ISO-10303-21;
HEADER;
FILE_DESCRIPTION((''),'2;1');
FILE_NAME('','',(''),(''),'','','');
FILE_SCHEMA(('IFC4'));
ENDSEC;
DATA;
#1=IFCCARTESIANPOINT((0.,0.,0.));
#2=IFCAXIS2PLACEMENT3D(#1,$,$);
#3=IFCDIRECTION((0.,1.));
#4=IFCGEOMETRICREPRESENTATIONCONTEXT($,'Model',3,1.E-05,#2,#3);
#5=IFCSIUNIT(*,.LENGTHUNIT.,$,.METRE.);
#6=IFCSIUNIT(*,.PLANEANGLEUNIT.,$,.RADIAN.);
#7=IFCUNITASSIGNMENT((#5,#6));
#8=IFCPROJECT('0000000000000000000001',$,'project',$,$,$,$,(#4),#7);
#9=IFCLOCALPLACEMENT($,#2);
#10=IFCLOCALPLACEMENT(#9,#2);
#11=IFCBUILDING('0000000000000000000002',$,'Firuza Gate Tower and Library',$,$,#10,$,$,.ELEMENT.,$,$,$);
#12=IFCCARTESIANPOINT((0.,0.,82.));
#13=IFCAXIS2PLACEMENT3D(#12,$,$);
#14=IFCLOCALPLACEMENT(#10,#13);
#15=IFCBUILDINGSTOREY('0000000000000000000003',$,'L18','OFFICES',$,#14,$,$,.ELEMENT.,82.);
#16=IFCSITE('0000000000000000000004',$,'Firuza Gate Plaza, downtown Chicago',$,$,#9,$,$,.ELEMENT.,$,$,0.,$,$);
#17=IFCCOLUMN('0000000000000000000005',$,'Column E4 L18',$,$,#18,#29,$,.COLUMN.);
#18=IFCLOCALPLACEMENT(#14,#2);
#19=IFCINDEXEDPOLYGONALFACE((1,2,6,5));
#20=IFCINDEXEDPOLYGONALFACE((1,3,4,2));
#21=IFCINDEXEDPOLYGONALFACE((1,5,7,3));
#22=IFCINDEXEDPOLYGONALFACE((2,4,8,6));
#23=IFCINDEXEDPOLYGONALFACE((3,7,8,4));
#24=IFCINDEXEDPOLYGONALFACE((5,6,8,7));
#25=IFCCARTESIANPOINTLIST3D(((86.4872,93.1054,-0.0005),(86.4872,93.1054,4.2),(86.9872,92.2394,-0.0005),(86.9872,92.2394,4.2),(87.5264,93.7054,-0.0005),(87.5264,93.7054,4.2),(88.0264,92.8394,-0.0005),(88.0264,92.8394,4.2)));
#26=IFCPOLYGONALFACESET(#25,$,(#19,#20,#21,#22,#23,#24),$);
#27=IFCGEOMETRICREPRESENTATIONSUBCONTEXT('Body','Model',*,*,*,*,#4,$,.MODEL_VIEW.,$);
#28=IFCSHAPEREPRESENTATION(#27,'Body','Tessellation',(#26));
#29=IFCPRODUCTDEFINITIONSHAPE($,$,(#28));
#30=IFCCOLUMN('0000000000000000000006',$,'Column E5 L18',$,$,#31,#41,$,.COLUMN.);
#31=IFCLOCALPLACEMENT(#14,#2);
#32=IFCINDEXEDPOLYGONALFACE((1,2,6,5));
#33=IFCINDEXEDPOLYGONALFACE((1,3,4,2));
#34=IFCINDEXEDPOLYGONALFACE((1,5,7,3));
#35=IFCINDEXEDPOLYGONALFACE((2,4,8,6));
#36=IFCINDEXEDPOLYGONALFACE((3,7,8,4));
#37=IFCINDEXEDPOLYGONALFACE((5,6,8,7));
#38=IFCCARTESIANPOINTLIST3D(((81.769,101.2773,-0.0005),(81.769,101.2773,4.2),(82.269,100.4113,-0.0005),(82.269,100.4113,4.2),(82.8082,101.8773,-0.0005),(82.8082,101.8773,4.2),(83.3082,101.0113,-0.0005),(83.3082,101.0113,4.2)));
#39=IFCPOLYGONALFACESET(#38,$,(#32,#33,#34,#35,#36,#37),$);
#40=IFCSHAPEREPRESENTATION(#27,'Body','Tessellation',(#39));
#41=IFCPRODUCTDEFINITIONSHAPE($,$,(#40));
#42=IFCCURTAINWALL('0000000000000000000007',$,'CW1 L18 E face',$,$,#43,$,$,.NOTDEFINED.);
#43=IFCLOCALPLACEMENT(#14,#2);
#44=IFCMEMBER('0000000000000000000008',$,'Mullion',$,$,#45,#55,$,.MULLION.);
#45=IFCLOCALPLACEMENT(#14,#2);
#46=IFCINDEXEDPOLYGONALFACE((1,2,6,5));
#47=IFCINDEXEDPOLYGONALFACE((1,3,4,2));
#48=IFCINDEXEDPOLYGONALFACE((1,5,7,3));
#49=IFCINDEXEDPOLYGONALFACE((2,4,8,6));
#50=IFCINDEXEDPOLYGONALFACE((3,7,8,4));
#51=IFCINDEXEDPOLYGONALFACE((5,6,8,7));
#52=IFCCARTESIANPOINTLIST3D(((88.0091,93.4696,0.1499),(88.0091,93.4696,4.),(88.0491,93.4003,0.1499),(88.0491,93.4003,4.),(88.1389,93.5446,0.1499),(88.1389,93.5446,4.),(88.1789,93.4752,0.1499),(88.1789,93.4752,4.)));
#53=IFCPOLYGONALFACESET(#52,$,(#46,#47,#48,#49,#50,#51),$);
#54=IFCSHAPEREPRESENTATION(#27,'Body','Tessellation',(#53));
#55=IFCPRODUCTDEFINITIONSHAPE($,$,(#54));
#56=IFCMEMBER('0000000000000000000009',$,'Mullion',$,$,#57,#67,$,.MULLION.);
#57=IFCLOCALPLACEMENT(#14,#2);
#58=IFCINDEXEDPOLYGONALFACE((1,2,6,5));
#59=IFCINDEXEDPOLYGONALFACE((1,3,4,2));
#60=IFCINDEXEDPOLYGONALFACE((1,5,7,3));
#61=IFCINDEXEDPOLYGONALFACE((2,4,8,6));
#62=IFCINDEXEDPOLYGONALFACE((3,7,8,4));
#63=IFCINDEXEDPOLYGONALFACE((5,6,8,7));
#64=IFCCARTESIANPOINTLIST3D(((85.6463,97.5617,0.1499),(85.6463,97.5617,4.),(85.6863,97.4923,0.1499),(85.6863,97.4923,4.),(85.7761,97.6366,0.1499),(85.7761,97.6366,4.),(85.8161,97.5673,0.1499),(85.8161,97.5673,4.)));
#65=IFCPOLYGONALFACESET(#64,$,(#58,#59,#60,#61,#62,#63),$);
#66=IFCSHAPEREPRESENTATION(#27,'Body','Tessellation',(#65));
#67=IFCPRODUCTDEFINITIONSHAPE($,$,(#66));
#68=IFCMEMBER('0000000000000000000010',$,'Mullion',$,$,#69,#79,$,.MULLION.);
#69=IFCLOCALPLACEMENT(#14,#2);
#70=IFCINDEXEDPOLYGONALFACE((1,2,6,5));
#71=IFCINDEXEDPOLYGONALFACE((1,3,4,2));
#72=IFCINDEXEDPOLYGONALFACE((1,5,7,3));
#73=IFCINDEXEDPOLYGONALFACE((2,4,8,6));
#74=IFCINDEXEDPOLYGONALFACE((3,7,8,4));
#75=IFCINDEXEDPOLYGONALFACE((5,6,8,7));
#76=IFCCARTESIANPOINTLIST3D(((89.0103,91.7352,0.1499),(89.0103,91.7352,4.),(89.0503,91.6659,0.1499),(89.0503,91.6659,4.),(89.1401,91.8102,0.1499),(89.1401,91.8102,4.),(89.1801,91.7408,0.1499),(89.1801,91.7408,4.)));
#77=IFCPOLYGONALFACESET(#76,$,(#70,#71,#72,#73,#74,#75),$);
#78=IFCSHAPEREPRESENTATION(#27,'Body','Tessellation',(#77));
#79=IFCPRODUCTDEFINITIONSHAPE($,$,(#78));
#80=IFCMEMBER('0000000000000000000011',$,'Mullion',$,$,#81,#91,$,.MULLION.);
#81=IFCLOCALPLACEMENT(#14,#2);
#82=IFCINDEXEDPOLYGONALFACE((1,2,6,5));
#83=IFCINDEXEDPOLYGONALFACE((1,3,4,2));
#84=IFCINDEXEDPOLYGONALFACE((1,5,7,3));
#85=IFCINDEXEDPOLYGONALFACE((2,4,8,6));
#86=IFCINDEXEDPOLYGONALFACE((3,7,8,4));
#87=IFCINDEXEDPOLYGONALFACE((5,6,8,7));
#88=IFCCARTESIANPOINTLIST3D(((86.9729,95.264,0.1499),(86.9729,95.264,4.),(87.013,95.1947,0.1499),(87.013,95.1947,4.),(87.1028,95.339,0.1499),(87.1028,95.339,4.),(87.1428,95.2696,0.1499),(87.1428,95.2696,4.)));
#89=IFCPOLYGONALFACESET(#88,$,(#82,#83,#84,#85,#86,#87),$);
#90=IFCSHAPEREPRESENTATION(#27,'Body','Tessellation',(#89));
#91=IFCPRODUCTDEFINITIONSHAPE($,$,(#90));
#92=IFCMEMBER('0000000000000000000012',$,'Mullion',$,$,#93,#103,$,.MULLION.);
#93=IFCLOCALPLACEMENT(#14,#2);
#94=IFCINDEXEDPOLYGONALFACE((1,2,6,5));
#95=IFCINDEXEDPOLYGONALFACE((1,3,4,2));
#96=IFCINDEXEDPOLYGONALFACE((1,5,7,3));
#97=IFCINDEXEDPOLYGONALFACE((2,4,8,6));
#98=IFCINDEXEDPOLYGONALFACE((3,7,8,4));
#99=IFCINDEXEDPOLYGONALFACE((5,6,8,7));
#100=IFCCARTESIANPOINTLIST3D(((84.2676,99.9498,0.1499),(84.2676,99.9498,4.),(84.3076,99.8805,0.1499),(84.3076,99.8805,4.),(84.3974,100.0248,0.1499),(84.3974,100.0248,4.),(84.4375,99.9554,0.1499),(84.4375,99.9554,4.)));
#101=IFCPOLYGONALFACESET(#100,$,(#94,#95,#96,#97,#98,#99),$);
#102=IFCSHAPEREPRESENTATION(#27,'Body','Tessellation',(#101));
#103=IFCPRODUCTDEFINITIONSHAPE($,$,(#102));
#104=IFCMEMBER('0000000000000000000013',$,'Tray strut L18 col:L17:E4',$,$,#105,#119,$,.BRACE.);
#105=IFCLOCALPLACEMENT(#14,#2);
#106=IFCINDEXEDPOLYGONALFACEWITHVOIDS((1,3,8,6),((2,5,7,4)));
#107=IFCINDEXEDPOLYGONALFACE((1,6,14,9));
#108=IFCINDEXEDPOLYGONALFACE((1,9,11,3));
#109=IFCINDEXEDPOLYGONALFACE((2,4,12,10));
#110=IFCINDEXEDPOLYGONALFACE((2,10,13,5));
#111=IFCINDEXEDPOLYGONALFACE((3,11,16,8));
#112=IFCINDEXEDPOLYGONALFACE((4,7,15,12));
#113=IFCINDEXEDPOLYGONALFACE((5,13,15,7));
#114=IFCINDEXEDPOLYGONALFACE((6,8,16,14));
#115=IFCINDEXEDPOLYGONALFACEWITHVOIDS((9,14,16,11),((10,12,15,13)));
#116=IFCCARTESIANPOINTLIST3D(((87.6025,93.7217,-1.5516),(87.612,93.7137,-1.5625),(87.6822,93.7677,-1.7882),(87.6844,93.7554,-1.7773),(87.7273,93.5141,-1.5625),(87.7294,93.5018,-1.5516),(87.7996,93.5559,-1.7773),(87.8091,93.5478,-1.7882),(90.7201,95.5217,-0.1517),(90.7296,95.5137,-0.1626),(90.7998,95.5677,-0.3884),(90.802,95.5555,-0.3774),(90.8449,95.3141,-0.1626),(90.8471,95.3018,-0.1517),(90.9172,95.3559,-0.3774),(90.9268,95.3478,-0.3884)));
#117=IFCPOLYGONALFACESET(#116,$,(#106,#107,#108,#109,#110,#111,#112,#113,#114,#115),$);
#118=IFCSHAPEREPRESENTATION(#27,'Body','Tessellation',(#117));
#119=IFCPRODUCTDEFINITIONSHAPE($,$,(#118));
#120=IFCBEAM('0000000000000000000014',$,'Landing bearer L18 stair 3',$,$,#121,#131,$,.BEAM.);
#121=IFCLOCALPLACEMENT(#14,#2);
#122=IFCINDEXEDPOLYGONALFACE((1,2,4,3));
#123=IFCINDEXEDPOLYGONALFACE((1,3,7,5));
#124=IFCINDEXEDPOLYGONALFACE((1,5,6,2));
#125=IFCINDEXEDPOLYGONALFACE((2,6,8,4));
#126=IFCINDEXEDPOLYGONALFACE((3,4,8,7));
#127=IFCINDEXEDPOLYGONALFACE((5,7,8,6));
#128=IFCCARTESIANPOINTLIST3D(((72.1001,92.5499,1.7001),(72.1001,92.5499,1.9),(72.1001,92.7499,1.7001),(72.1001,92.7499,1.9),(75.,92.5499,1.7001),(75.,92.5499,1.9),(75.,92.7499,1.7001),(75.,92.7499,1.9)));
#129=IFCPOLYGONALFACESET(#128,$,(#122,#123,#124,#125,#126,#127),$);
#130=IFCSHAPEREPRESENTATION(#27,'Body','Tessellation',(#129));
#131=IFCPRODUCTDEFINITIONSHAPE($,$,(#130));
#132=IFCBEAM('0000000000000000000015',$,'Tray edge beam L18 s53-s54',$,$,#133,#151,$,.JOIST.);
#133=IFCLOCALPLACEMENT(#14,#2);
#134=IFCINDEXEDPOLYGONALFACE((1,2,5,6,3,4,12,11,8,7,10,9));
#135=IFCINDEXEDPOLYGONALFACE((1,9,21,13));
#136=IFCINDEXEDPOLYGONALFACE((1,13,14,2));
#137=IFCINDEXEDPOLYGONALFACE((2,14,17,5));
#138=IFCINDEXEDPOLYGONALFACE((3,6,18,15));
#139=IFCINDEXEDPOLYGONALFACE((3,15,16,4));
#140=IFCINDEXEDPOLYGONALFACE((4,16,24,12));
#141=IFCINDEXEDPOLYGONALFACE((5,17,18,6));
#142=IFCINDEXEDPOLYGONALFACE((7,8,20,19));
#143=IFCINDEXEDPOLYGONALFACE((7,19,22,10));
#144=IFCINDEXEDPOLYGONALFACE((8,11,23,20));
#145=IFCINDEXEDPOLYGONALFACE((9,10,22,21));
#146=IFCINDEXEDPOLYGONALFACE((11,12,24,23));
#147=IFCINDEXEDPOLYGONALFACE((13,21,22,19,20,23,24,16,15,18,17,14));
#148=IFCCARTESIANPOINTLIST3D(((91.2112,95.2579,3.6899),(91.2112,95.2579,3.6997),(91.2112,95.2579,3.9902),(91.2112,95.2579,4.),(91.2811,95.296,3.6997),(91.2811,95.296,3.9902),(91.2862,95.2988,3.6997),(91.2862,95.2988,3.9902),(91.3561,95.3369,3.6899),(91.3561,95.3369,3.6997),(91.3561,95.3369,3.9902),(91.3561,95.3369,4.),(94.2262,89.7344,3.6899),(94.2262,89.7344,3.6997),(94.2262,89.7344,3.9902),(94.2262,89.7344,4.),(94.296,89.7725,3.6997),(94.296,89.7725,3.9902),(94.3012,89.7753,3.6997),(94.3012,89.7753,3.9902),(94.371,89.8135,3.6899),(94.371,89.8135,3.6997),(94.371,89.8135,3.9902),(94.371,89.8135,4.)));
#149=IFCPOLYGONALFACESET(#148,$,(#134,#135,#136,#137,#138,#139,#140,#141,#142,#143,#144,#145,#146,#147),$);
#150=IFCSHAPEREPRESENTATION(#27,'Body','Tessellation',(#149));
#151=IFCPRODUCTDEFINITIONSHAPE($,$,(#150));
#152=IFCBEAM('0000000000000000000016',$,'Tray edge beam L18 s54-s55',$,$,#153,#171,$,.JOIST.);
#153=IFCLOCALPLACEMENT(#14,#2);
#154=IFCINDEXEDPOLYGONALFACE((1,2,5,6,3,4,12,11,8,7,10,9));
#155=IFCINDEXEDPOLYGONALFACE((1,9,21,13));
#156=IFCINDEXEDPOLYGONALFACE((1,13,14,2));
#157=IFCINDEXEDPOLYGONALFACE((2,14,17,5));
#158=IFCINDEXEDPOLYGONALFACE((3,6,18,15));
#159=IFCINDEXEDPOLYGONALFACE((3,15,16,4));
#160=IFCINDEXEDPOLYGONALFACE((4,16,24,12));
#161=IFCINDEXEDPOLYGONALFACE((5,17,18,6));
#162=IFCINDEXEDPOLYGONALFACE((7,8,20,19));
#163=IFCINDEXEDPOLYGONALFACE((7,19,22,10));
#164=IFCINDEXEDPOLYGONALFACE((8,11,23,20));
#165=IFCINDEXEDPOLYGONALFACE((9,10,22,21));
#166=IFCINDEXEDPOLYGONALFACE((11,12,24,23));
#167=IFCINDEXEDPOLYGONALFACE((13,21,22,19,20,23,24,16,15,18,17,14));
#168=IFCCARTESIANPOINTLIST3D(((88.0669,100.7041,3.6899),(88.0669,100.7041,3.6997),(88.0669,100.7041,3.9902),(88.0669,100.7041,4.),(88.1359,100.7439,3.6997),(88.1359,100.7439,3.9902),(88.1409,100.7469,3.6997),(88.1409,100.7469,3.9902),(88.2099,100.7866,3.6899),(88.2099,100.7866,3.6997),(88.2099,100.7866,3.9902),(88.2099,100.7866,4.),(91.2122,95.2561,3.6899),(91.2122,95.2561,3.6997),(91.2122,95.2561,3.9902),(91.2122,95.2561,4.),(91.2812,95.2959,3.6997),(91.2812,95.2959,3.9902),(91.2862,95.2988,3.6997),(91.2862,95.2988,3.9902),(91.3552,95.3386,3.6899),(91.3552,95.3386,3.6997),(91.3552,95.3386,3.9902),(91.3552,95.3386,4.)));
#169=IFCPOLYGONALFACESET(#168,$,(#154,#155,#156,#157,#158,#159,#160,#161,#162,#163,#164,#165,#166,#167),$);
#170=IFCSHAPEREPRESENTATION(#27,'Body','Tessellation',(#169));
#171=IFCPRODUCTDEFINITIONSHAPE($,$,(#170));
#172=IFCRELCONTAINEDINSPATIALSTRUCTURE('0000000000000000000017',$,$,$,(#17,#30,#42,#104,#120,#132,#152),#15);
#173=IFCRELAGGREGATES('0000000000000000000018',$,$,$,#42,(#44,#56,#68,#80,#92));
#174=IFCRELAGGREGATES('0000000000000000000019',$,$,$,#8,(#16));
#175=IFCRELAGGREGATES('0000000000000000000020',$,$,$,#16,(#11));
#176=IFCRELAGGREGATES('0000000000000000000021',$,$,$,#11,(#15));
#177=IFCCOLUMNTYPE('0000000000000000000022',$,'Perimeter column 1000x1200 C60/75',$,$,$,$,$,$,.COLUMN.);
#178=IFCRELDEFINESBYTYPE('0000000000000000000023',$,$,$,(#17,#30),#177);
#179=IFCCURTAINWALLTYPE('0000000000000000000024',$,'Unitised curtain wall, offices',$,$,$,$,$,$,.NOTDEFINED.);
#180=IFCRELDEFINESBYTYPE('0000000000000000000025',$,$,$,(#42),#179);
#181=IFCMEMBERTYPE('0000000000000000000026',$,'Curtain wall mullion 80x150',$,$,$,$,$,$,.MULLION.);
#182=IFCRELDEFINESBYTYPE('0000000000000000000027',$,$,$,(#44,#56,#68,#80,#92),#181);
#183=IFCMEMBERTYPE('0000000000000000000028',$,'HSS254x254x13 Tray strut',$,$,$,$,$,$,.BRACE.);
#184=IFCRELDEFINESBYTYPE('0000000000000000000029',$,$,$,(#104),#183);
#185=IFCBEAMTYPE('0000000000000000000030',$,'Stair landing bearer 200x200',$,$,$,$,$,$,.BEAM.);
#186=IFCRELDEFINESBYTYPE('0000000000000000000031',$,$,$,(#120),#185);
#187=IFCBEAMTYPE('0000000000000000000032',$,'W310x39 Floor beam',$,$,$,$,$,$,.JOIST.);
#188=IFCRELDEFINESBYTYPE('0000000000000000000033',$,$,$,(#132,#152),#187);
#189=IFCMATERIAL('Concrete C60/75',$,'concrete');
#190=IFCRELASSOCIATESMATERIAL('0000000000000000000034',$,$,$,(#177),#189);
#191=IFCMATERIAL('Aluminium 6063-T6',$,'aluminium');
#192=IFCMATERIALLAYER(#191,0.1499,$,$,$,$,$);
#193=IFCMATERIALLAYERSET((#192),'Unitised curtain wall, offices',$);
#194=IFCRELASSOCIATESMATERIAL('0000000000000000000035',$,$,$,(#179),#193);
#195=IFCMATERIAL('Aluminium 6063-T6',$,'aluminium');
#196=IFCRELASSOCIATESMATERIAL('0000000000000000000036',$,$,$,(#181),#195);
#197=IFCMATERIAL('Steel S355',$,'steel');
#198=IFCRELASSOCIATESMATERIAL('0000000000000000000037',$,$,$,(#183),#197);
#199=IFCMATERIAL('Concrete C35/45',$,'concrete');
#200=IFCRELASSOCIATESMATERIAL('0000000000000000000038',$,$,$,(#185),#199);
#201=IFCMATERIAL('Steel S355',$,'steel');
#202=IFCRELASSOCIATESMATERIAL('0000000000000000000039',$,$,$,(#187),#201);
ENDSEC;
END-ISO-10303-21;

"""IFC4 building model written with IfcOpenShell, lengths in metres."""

from ifc_helpers import new_model, si_unit, direction, frame, origin, origin_2d, place, context, subcontext, project, spatial, rectangle, hollow_rectangle, i_section, extrude, material, layer, layer_set, material_profile, profile_set, type_object, element, aggregate, save


model = new_model("IFC4")

# Units and contexts
model_context = context("Model", 3, precision=1e-05, world=origin(), true_north=direction((0.0, 1.0)))
body_context = subcontext(model_context, "Body", "Model", "MODEL_VIEW")
ifc_project = project(units=[si_unit("LENGTHUNIT", "METRE"), si_unit("PLANEANGLEUNIT", "RADIAN")], contexts=[model_context])

# Site, building, storey
site_placement = place(None, origin())
site = spatial("IfcSite", under=ifc_project, at=site_placement, Name="Firuza Gate Plaza, downtown Chicago", CompositionType="ELEMENT", RefElevation=0.0)
building_placement = place(site_placement, origin())
building = spatial("IfcBuilding", under=site, at=building_placement, Name="Firuza Gate Tower and Library", CompositionType="ELEMENT")
storey_placement = place(building_placement, frame((0.0, 0.0, 82.0)))
storey = spatial("IfcBuildingStorey", under=building, at=storey_placement, Name="L18", Description="OFFICES", CompositionType="ELEMENT", Elevation=82.0)

# Columns
ifc_material_1 = material(Name="Concrete C60/75", Category="concrete")
ifc_material_profile_1 = material_profile(ifc_material_1, rectangle(XDim=1.0, YDim=1.2, at=origin_2d()))
ifc_profile_set_1 = profile_set([ifc_material_profile_1], Name="Concrete C60/75")
column_type = type_object("IfcColumnType", Name="Perimeter column 1000x1200 C60/75", PredefinedType="COLUMN", material=ifc_profile_set_1)
for number, where, z_axis, x_axis, name in (
    (1, (87.2568, 92.9724, -0.0005), (0.0, 0.0, 1.0), (-0.5, 0.866025, 0.0), "Column E4 L18"),
    (2, (82.5386, 101.1443, -0.0005), (0.0, 0.0, 1.0), (-0.5, 0.866025, 0.0), "Column E5 L18"),
):
    element("IfcColumn", number, at=place(storey_placement, frame(where, z_axis=z_axis, x_axis=x_axis)), inside=storey, type_object=column_type, Name=name, PredefinedType="COLUMN", context=body_context, shape_type="SweptSolid", body=[
        extrude(rectangle(XDim=1.0, YDim=1.2, at=origin_2d()), origin(), (0.0, 0.0, 1.0), 4.2004),
    ])

# Curtain wall, members
ifc_material_2 = material(Name="Aluminium 6063-T6", Category="aluminium")
ifc_layer_1 = layer(ifc_material_2, 0.1499)
ifc_layer_set_1 = layer_set([ifc_layer_1], Name="Unitised curtain wall, offices")
curtain_wall_type = type_object("IfcCurtainWallType", Name="Unitised curtain wall, offices", PredefinedType="NOTDEFINED", material=ifc_layer_set_1)
curtain_wall_placement = place(storey_placement, origin())
curtain_wall = element("IfcCurtainWall", 3, at=curtain_wall_placement, inside=storey, type_object=curtain_wall_type, Name="CW1 L18 E face", PredefinedType="NOTDEFINED")
ifc_material_3 = material(Name="Aluminium 6063-T6", Category="aluminium")
ifc_material_profile_2 = material_profile(ifc_material_3, rectangle(XDim=0.1499, YDim=0.0801, at=origin_2d()))
ifc_profile_set_2 = profile_set([ifc_material_profile_2], Name="Aluminium 6063-T6")
member_type_1 = type_object("IfcMemberType", Name="Curtain wall mullion 80x150", PredefinedType="MULLION", material=ifc_profile_set_2)
member_1_placement = place(storey_placement, frame((88.094, 93.4724, 0.1499), z_axis=(0.0, 0.0, 1.0), x_axis=(-0.866025, -0.5, 0.0)))
member_1 = element("IfcMember", 4, at=member_1_placement, type_object=member_type_1, Name="Mullion", PredefinedType="MULLION", context=body_context, shape_type="SweptSolid", body=[
    extrude(rectangle(XDim=0.1499, YDim=0.0801, at=origin_2d()), origin(), (0.0, 0.0, 1.0), 3.8501),
])
member_2_placement = place(storey_placement, frame((85.7312, 97.5645, 0.1499), z_axis=(0.0, 0.0, 1.0), x_axis=(-0.866025, -0.5, 0.0)))
member_2 = element("IfcMember", 5, at=member_2_placement, type_object=member_type_1, Name="Mullion", PredefinedType="MULLION", context=body_context, shape_type="SweptSolid", body=[
    extrude(rectangle(XDim=0.1499, YDim=0.0801, at=origin_2d()), origin(), (0.0, 0.0, 1.0), 3.8501),
])
member_3_placement = place(storey_placement, frame((89.0952, 91.738, 0.1499), z_axis=(0.0, 0.0, 1.0), x_axis=(-0.866025, -0.5, 0.0)))
member_3 = element("IfcMember", 6, at=member_3_placement, type_object=member_type_1, Name="Mullion", PredefinedType="MULLION", context=body_context, shape_type="SweptSolid", body=[
    extrude(rectangle(XDim=0.1499, YDim=0.0801, at=origin_2d()), origin(), (0.0, 0.0, 1.0), 3.8501),
])
member_4_placement = place(storey_placement, frame((87.0579, 95.2668, 0.1499), z_axis=(0.0, 0.0, 1.0), x_axis=(-0.866025, -0.5, 0.0)))
member_4 = element("IfcMember", 7, at=member_4_placement, type_object=member_type_1, Name="Mullion", PredefinedType="MULLION", context=body_context, shape_type="SweptSolid", body=[
    extrude(rectangle(XDim=0.1499, YDim=0.0801, at=origin_2d()), origin(), (0.0, 0.0, 1.0), 3.8501),
])
member_5_placement = place(storey_placement, frame((84.3525, 99.9526, 0.1499), z_axis=(0.0, 0.0, 1.0), x_axis=(-0.866025, -0.5, 0.0)))
member_5 = element("IfcMember", 8, at=member_5_placement, type_object=member_type_1, Name="Mullion", PredefinedType="MULLION", context=body_context, shape_type="SweptSolid", body=[
    extrude(rectangle(XDim=0.1499, YDim=0.0801, at=origin_2d()), origin(), (0.0, 0.0, 1.0), 3.8501),
])

# Member
ifc_material_4 = material(Name="Steel S355", Category="steel")
ifc_material_profile_3 = material_profile(ifc_material_4, hollow_rectangle(XDim=0.2539, YDim=0.2539, WallThickness=0.0117, at=origin_2d()))
ifc_profile_set_3 = profile_set([ifc_material_profile_3], Name="Steel S355")
member_type_2 = type_object("IfcMemberType", Name="HSS254x254x13 Tray strut", PredefinedType="BRACE", material=ifc_profile_set_3)
member_6_placement = place(storey_placement, frame((87.7058, 93.6348, -1.6699), z_axis=(0.807141, 0.466018, 0.362423), x_axis=(-0.500012, 0.866018, 0.0)))
element("IfcMember", 9, at=member_6_placement, inside=storey, type_object=member_type_2, Name="Tray strut L18 col:L17:E4", PredefinedType="BRACE", context=body_context, shape_type="SweptSolid", body=[
    extrude(hollow_rectangle(XDim=0.2539, YDim=0.2539, WallThickness=0.0117, at=origin_2d()), origin(), (0.0, 0.0, 1.0), 3.8625),
])

# Beams
ifc_material_5 = material(Name="Concrete C35/45", Category="concrete")
ifc_material_profile_4 = material_profile(ifc_material_5, rectangle(XDim=0.2, YDim=0.2, at=origin_2d()))
ifc_profile_set_4 = profile_set([ifc_material_profile_4], Name="Concrete C35/45")
beam_type_1 = type_object("IfcBeamType", Name="Stair landing bearer 200x200", PredefinedType="BEAM", material=ifc_profile_set_4)
beam_1_placement = place(storey_placement, frame((75.0, 92.6499, 1.8), z_axis=(-1.0, 0.0, 0.0), x_axis=(0.0, -1.0, 0.0)))
element("IfcBeam", 10, at=beam_1_placement, inside=storey, type_object=beam_type_1, Name="Landing bearer L18 stair 3", PredefinedType="BEAM", context=body_context, shape_type="SweptSolid", body=[
    extrude(rectangle(XDim=0.2, YDim=0.2, at=origin_2d()), origin(), (0.0, 0.0, 1.0), 2.8999),
])
ifc_material_6 = material(Name="Steel S355", Category="steel")
ifc_material_profile_5 = material_profile(ifc_material_6, i_section(OverallWidth=0.165, OverallDepth=0.3101, WebThickness=0.0059, FlangeThickness=0.0098, at=origin_2d()))
ifc_profile_set_5 = profile_set([ifc_material_profile_5], Name="Steel S355")
beam_type_2 = type_object("IfcBeamType", Name="W310x39 Floor beam", PredefinedType="JOIST", material=ifc_profile_set_5)
beam_2_placement = place(storey_placement, frame((94.2986, 89.7739, 3.845), z_axis=(-0.47911, 0.877755, 0.0), x_axis=(-0.877755, -0.47911, 0.0)))
element("IfcBeam", 11, at=beam_2_placement, inside=storey, type_object=beam_type_2, Name="Tray edge beam L18 s53-s54", PredefinedType="JOIST", context=body_context, shape_type="SweptSolid", body=[
    extrude(i_section(OverallWidth=0.165, OverallDepth=0.3101, WebThickness=0.0059, FlangeThickness=0.0098, at=origin_2d()), origin(), (0.0, 0.0, 1.0), 6.2927),
])
beam_3_placement = place(storey_placement, frame((91.2837, 95.2974, 3.845), z_axis=(-0.499983, 0.866035, 0.0), x_axis=(-0.866035, -0.499983, 0.0)))
element("IfcBeam", 12, at=beam_3_placement, inside=storey, type_object=beam_type_2, Name="Tray edge beam L18 s54-s55", PredefinedType="JOIST", context=body_context, shape_type="SweptSolid", body=[
    extrude(i_section(OverallWidth=0.165, OverallDepth=0.3101, WebThickness=0.0059, FlangeThickness=0.0098, at=origin_2d()), origin(), (0.0, 0.0, 1.0), 6.2908),
])

aggregate(curtain_wall, [member_1, member_2, member_3, member_4, member_5])

save(model, "model.ifc")
